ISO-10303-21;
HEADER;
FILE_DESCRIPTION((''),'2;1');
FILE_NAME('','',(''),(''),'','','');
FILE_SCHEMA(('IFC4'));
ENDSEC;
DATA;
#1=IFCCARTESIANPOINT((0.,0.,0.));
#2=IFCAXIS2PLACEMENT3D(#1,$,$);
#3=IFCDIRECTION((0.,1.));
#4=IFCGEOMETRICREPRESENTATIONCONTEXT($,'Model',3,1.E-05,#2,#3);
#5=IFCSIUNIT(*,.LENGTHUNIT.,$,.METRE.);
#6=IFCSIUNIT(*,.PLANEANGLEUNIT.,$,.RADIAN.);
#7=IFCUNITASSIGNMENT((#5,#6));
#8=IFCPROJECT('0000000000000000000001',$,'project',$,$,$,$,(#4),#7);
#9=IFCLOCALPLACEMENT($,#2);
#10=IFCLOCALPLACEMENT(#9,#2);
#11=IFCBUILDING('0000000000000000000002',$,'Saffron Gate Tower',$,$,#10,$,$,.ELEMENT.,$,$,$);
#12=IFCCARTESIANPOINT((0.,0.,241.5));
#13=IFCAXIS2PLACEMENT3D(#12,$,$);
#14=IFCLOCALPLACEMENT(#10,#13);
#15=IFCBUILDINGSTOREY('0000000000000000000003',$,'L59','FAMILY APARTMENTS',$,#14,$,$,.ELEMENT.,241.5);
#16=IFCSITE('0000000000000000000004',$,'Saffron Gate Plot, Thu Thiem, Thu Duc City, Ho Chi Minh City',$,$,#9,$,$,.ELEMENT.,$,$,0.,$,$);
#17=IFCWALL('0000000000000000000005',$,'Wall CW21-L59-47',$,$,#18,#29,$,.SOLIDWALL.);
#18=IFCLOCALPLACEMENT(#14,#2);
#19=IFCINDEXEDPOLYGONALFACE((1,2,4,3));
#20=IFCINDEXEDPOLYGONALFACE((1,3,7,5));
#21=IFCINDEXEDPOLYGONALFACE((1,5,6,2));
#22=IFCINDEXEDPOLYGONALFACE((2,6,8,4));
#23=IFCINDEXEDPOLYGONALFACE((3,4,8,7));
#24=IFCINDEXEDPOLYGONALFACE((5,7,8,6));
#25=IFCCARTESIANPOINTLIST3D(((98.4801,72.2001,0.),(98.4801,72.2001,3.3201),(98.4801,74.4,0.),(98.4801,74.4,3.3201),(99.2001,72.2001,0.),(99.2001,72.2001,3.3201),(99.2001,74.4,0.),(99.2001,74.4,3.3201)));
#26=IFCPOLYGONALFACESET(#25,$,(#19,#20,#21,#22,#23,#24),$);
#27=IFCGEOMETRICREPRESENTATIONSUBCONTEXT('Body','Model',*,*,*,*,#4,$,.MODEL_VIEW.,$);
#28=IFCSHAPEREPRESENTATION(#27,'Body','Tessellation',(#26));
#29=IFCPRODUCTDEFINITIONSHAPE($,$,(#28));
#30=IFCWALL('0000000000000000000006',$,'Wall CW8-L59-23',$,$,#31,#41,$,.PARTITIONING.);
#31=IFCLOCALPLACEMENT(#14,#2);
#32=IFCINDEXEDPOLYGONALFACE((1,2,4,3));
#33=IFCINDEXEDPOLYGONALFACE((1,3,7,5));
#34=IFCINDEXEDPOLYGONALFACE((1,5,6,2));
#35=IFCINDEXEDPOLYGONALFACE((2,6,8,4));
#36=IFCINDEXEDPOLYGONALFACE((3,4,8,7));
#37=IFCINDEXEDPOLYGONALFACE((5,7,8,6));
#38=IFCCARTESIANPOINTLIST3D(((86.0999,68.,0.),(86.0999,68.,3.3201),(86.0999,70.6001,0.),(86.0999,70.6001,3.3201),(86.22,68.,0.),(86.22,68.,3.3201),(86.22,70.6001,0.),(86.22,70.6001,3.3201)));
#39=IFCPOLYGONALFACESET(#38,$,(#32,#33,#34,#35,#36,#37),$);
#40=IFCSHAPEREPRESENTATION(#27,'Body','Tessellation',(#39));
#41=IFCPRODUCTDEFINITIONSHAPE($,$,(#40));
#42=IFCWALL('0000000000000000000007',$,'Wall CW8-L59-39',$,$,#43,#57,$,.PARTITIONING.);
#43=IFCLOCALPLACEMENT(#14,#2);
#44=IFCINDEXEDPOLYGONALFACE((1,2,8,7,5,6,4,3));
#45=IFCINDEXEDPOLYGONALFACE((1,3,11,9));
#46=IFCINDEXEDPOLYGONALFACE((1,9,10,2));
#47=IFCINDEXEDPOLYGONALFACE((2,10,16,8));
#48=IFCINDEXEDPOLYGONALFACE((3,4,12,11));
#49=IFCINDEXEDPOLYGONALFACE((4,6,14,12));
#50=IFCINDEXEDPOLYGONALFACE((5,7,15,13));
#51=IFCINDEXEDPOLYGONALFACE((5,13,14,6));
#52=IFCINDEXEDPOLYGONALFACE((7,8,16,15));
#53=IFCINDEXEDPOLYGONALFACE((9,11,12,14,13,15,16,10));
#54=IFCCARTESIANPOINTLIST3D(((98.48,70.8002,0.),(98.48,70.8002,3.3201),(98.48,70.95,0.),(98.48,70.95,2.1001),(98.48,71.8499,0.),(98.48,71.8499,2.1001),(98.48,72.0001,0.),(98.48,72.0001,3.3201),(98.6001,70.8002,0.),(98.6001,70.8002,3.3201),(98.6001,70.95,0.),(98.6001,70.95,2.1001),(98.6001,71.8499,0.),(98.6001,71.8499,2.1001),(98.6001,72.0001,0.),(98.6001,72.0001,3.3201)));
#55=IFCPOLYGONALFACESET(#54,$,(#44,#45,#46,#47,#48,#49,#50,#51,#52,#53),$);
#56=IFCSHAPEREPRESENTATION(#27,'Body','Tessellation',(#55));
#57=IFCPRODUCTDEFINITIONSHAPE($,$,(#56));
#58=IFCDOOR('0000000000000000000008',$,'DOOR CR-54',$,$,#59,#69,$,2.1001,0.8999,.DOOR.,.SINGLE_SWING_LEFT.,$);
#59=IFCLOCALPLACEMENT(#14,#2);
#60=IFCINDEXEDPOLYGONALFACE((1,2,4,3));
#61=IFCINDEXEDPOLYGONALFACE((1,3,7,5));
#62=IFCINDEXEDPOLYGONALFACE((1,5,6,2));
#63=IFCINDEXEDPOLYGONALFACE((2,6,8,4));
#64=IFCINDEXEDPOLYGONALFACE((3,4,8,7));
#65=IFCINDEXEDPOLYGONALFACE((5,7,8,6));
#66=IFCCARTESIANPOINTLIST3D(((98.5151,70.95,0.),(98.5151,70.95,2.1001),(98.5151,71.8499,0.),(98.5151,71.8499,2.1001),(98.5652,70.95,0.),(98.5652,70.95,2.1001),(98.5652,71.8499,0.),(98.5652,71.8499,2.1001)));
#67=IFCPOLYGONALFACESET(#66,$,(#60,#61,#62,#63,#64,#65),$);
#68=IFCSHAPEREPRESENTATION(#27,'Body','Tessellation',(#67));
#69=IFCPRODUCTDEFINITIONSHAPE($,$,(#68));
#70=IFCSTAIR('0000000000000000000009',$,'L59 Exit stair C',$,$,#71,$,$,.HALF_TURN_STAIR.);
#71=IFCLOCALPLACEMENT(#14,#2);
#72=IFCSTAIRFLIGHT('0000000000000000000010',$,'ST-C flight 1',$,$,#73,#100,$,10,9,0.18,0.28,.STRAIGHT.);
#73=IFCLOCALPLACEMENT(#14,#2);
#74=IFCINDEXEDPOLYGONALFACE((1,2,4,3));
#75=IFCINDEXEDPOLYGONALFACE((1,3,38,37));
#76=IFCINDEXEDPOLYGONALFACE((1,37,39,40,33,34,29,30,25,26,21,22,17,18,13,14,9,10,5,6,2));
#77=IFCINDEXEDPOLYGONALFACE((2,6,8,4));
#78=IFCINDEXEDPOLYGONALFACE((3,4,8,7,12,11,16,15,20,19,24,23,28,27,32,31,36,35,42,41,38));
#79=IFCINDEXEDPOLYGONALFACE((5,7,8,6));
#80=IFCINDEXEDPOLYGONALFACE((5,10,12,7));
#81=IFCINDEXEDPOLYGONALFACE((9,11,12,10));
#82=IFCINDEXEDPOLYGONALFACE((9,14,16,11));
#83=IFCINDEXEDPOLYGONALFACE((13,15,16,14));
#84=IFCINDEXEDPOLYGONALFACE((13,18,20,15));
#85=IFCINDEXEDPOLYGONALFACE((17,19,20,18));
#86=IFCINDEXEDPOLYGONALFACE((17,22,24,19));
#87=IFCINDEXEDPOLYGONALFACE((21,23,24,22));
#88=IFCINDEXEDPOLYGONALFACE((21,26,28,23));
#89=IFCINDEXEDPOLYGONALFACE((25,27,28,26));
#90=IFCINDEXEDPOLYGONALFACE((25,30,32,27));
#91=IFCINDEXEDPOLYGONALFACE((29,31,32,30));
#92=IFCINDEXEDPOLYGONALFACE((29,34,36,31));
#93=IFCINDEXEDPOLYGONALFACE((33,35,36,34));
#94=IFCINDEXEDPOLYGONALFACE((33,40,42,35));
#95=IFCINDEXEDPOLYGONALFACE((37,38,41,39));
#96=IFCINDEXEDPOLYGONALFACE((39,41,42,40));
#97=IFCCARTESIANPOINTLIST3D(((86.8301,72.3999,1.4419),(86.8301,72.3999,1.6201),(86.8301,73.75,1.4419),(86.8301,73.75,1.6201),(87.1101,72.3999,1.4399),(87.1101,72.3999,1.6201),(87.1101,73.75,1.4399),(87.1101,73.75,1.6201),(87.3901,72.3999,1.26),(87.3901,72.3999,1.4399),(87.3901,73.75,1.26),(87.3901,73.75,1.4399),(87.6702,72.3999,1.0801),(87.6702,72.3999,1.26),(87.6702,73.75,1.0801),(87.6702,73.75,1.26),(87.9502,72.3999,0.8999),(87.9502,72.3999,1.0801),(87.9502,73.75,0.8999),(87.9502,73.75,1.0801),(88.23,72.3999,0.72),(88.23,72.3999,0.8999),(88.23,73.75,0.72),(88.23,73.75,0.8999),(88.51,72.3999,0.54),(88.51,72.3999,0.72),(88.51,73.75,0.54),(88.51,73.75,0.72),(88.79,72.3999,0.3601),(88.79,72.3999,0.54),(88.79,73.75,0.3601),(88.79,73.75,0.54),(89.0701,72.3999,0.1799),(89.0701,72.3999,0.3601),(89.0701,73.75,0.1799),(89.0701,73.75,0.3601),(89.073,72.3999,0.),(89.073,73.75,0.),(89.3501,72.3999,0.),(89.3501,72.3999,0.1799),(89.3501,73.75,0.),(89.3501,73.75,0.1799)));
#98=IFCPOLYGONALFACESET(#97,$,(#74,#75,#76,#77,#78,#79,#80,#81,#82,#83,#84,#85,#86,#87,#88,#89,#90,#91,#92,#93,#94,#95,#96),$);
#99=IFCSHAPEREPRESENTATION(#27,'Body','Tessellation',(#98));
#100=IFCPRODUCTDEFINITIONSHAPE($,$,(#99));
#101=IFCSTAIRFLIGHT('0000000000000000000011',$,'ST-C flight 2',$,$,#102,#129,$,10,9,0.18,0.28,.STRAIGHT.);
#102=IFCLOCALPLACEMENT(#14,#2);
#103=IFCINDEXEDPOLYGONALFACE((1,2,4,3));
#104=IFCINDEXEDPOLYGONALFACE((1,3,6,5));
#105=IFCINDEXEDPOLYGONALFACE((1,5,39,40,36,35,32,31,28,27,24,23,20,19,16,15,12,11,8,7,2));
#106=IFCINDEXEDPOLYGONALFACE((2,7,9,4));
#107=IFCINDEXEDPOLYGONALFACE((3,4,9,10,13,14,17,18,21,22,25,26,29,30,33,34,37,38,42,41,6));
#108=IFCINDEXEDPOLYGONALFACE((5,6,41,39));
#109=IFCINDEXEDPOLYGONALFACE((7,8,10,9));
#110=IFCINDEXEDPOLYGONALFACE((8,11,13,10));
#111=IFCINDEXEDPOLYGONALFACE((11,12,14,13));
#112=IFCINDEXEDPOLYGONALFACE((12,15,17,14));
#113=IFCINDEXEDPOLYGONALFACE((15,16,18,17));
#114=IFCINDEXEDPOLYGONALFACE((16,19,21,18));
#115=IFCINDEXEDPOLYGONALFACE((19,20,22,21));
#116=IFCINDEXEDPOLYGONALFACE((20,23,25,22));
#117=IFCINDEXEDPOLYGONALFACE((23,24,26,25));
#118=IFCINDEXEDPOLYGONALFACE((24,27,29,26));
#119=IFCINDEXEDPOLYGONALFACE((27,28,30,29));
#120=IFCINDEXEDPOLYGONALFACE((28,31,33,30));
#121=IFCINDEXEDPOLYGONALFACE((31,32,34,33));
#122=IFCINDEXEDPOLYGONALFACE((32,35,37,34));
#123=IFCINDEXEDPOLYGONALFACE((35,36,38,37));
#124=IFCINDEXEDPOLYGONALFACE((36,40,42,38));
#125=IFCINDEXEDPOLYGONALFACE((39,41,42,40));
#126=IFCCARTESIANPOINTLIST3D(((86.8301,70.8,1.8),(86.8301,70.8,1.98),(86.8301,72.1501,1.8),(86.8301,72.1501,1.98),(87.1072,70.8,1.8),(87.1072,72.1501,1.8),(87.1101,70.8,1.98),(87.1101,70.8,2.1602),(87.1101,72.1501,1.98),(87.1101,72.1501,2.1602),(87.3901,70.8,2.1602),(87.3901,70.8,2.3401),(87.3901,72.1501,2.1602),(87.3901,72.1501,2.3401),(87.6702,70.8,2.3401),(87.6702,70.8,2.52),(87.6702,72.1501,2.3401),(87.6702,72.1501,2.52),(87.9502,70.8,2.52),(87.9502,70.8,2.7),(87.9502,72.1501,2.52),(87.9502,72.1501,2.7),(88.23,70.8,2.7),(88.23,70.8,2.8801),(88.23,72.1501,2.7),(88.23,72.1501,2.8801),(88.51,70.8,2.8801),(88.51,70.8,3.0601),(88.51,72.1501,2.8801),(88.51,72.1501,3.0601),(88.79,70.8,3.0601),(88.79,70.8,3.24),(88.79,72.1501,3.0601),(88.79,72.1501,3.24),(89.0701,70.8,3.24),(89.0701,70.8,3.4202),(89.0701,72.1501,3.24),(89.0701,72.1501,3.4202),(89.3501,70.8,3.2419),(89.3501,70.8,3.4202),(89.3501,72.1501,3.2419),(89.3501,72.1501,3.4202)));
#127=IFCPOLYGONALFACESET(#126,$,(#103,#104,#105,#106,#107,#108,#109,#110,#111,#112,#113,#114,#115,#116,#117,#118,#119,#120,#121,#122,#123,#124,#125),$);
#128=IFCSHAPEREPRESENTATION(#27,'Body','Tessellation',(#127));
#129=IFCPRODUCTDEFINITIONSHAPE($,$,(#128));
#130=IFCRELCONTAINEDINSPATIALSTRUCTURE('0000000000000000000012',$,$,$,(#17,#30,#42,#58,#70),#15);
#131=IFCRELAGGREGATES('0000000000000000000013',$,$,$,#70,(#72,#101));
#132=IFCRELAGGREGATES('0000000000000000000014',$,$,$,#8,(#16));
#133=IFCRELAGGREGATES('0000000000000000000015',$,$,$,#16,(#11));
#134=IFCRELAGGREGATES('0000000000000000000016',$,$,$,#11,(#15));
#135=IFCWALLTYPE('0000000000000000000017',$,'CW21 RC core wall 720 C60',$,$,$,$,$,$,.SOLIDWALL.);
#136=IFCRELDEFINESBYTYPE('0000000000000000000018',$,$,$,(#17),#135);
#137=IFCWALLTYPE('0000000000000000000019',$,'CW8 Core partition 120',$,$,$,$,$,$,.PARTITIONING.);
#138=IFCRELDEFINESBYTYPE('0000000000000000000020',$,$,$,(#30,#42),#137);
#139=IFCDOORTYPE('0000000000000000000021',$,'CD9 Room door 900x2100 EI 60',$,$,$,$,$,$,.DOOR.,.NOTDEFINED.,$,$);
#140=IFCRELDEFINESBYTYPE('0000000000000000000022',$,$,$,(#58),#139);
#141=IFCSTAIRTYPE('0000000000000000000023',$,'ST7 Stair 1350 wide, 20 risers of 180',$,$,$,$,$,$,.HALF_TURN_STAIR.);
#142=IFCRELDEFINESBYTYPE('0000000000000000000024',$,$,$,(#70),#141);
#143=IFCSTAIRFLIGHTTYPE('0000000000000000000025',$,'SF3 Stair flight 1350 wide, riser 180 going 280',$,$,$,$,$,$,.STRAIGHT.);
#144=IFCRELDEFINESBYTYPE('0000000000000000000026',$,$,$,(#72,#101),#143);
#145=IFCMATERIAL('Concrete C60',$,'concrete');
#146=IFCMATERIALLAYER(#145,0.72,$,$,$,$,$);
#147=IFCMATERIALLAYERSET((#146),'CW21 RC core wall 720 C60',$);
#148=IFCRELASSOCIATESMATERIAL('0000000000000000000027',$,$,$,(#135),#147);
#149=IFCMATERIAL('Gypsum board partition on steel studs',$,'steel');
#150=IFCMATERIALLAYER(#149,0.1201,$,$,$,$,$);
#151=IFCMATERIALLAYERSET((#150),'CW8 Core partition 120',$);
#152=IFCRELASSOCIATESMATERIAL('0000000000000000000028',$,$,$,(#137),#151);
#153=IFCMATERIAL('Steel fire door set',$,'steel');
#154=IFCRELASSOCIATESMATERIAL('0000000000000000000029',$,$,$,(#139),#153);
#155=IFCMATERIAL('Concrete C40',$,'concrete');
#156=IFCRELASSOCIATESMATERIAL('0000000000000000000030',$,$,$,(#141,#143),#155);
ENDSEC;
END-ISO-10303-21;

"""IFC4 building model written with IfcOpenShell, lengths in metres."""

from ifc_helpers import new_model, si_unit, direction, frame, frame_2d, origin, place, context, subcontext, project, spatial, polyline, rectangle, outline, extrude, material, layer, layer_set, type_object, element, fill, aggregate, save


model = new_model("IFC4")

# Units and contexts
model_context = context("Model", 3, precision=1e-05, world=origin(), true_north=direction((0.0, 1.0)))
body_context = subcontext(model_context, "Body", "Model", "MODEL_VIEW")
ifc_project = project(units=[si_unit("LENGTHUNIT", "METRE"), si_unit("PLANEANGLEUNIT", "RADIAN")], contexts=[model_context])

# Site, building, storey
site_placement = place(None, origin())
site = spatial("IfcSite", under=ifc_project, at=site_placement, Name="Saffron Gate Plot, Thu Thiem, Thu Duc City, Ho Chi Minh City", CompositionType="ELEMENT", RefElevation=0.0)
building_placement = place(site_placement, origin())
building = spatial("IfcBuilding", under=site, at=building_placement, Name="Saffron Gate Tower", CompositionType="ELEMENT")
storey_placement = place(building_placement, frame((0.0, 0.0, 241.5)))
storey = spatial("IfcBuildingStorey", under=building, at=storey_placement, Name="L59", Description="FAMILY APARTMENTS", CompositionType="ELEMENT", Elevation=241.5)

# Shared definitions
ifc_material_1 = material(Name="Gypsum board partition on steel studs", Category="steel")
ifc_material_2 = material(Name="Concrete C60", Category="concrete")

# Shared definitions
ifc_material_3 = material(Name="Steel fire door set", Category="steel")

# Walls
ifc_layer_1 = layer(ifc_material_2, 0.72)
ifc_layer_set_1 = layer_set([ifc_layer_1], Name="CW21 RC core wall 720 C60")
wall_type_1 = type_object("IfcWallType", Name="CW21 RC core wall 720 C60", PredefinedType="SOLIDWALL", material=ifc_layer_set_1)
wall_1_placement = place(storey_placement, frame((98.8401, 72.2, 0.0), z_axis=(0.0, 0.0, 1.0), x_axis=(0.0, 1.0, 0.0)))
element("IfcWall", 1, at=wall_1_placement, inside=storey, type_object=wall_type_1, Name="Wall CW21-L59-47", PredefinedType="SOLIDWALL", context=body_context, shape_type="SweptSolid", body=[
    extrude(rectangle(XDim=2.2, YDim=0.72, at=frame_2d((1.1001, 0.0))), origin(), (0.0, 0.0, 1.0), 3.3201),
])
ifc_layer_2 = layer(ifc_material_1, 0.1201)
ifc_layer_set_2 = layer_set([ifc_layer_2], Name="CW8 Core partition 120")
wall_type_2 = type_object("IfcWallType", Name="CW8 Core partition 120", PredefinedType="PARTITIONING", material=ifc_layer_set_2)
wall_2_placement = place(storey_placement, frame((86.1599, 68.0, 0.0), z_axis=(0.0, 0.0, 1.0), x_axis=(0.0, 1.0, 0.0)))
element("IfcWall", 2, at=wall_2_placement, inside=storey, type_object=wall_type_2, Name="Wall CW8-L59-23", PredefinedType="PARTITIONING", context=body_context, shape_type="SweptSolid", body=[
    extrude(rectangle(XDim=2.6001, YDim=0.1201, at=frame_2d((1.3, 0.0))), origin(), (0.0, 0.0, 1.0), 3.3201),
])

# Wall, opening, door
wall_3_placement = place(storey_placement, frame((98.54, 70.8, 0.0), z_axis=(0.0, 0.0, 1.0), x_axis=(0.0, 1.0, 0.0)))
wall_3 = element("IfcWall", 3, at=wall_3_placement, inside=storey, type_object=wall_type_2, Name="Wall CW8-L59-39", PredefinedType="PARTITIONING", context=body_context, shape_type="SweptSolid", body=[
    extrude(rectangle(XDim=1.2, YDim=0.1201, at=frame_2d((0.6001, 0.0))), origin(), (0.0, 0.0, 1.0), 3.3201),
])
opening_1_placement = place(wall_3_placement, frame((0.1499, 0.0, 0.0)))
opening_1 = element("IfcOpeningElement", 4, at=opening_1_placement, cuts=wall_3, PredefinedType="OPENING", context=body_context, shape_type="SweptSolid", body=[
    extrude(rectangle(XDim=0.8999, YDim=2.1001, at=frame_2d((0.45, 1.05))), frame((0.0, 0.0701, 0.0), z_axis=(0.0, -1.0, 0.0), x_axis=(1.0, 0.0, 0.0)), (0.0, 0.0, 1.0), 0.1401),
])
door_type_1 = type_object("IfcDoorType", Name="CD9 Room door 900x2100 EI 60", OperationType="NOTDEFINED", PredefinedType="DOOR", material=ifc_material_3)
door_1_placement = place(opening_1_placement, origin())
door_1 = element("IfcDoor", 5, at=door_1_placement, inside=storey, type_object=door_type_1, Name="DOOR CR-54", OperationType="SINGLE_SWING_LEFT", OverallHeight=2.1001, OverallWidth=0.8999, PredefinedType="DOOR", context=body_context, shape_type="SweptSolid", body=[
    extrude(rectangle(XDim=0.8999, YDim=2.1001, at=frame_2d((0.45, 1.05))), frame((0.0, 0.0249, 0.0), z_axis=(0.0, -1.0, 0.0), x_axis=(1.0, 0.0, 0.0)), (0.0, 0.0, 1.0), 0.05),
])
fill(opening_1, door_1)

# Stair, stair flights
ifc_material_4 = material(Name="Concrete C40", Category="concrete")
stair_type = type_object("IfcStairType", Name="ST7 Stair 1350 wide, 20 risers of 180", PredefinedType="HALF_TURN_STAIR", material=ifc_material_4)
stair_placement = place(storey_placement, origin())
stair = element("IfcStair", 6, at=stair_placement, inside=storey, type_object=stair_type, Name="L59 Exit stair C", PredefinedType="HALF_TURN_STAIR")
stair_flight_type = type_object("IfcStairFlightType", Name="SF3 Stair flight 1350 wide, riser 180 going 280", PredefinedType="STRAIGHT", material=ifc_material_4)
stair_flight_1_placement = place(storey_placement, frame((89.3501, 73.075, 0.0), z_axis=(0.0, 0.0, 1.0), x_axis=(-1.0, 0.0, 0.0)))
stair_flight_1 = element("IfcStairFlight", 7, at=stair_flight_1_placement, type_object=stair_flight_type, Name="ST-C flight 1", NumberOfRisers=10, NumberOfTreads=9, PredefinedType="STRAIGHT", RiserHeight=0.18, TreadLength=0.28, context=body_context, shape_type="SweptSolid", body=[
    extrude(outline(polyline([(0.0, 0.0), (0.0, 0.1799), (0.28, 0.1799), (0.28, 0.3601), (0.5601, 0.3601), (0.5601, 0.54), (0.8401, 0.54), (0.8401, 0.72), (1.1201, 0.72), (1.1201, 0.8999), (1.3999, 0.8999), (1.3999, 1.0801), (1.6799, 1.0801), (1.6799, 1.26), (1.96, 1.26), (1.96, 1.4399), (2.24, 1.4399), (2.24, 1.6201), (2.52, 1.6201), (2.52, 1.8), (2.52, 1.4419), (0.2771, 0.0), (0.0, 0.0)])), frame((0.0, 0.675, 0.0), z_axis=(0.0, -1.0, 0.0), x_axis=(1.0, 0.0, 0.0)), (0.0, 0.0, 1.0), 1.3501),
])
stair_flight_2_placement = place(storey_placement, frame((86.8301, 71.4751, 1.8), z_axis=(0.0, 0.0, 1.0), x_axis=(1.0, 0.0, 0.0)))
stair_flight_2 = element("IfcStairFlight", 8, at=stair_flight_2_placement, type_object=stair_flight_type, Name="ST-C flight 2", NumberOfRisers=10, NumberOfTreads=9, PredefinedType="STRAIGHT", RiserHeight=0.18, TreadLength=0.28, context=body_context, shape_type="SweptSolid", body=[
    extrude(outline(polyline([(0.0, 0.0), (0.0, 0.1799), (0.28, 0.1799), (0.28, 0.3601), (0.5601, 0.3601), (0.5601, 0.54), (0.8401, 0.54), (0.8401, 0.72), (1.1201, 0.72), (1.1201, 0.8999), (1.3999, 0.8999), (1.3999, 1.0801), (1.6799, 1.0801), (1.6799, 1.26), (1.96, 1.26), (1.96, 1.4399), (2.24, 1.4399), (2.24, 1.6201), (2.52, 1.6201), (2.52, 1.8), (2.52, 1.4419), (0.2771, 0.0), (0.0, 0.0)])), frame((0.0, 0.675, 0.0), z_axis=(0.0, -1.0, 0.0), x_axis=(1.0, 0.0, 0.0)), (0.0, 0.0, 1.0), 1.3501),
])
aggregate(stair, [stair_flight_1, stair_flight_2])

save(model, "model.ifc")
